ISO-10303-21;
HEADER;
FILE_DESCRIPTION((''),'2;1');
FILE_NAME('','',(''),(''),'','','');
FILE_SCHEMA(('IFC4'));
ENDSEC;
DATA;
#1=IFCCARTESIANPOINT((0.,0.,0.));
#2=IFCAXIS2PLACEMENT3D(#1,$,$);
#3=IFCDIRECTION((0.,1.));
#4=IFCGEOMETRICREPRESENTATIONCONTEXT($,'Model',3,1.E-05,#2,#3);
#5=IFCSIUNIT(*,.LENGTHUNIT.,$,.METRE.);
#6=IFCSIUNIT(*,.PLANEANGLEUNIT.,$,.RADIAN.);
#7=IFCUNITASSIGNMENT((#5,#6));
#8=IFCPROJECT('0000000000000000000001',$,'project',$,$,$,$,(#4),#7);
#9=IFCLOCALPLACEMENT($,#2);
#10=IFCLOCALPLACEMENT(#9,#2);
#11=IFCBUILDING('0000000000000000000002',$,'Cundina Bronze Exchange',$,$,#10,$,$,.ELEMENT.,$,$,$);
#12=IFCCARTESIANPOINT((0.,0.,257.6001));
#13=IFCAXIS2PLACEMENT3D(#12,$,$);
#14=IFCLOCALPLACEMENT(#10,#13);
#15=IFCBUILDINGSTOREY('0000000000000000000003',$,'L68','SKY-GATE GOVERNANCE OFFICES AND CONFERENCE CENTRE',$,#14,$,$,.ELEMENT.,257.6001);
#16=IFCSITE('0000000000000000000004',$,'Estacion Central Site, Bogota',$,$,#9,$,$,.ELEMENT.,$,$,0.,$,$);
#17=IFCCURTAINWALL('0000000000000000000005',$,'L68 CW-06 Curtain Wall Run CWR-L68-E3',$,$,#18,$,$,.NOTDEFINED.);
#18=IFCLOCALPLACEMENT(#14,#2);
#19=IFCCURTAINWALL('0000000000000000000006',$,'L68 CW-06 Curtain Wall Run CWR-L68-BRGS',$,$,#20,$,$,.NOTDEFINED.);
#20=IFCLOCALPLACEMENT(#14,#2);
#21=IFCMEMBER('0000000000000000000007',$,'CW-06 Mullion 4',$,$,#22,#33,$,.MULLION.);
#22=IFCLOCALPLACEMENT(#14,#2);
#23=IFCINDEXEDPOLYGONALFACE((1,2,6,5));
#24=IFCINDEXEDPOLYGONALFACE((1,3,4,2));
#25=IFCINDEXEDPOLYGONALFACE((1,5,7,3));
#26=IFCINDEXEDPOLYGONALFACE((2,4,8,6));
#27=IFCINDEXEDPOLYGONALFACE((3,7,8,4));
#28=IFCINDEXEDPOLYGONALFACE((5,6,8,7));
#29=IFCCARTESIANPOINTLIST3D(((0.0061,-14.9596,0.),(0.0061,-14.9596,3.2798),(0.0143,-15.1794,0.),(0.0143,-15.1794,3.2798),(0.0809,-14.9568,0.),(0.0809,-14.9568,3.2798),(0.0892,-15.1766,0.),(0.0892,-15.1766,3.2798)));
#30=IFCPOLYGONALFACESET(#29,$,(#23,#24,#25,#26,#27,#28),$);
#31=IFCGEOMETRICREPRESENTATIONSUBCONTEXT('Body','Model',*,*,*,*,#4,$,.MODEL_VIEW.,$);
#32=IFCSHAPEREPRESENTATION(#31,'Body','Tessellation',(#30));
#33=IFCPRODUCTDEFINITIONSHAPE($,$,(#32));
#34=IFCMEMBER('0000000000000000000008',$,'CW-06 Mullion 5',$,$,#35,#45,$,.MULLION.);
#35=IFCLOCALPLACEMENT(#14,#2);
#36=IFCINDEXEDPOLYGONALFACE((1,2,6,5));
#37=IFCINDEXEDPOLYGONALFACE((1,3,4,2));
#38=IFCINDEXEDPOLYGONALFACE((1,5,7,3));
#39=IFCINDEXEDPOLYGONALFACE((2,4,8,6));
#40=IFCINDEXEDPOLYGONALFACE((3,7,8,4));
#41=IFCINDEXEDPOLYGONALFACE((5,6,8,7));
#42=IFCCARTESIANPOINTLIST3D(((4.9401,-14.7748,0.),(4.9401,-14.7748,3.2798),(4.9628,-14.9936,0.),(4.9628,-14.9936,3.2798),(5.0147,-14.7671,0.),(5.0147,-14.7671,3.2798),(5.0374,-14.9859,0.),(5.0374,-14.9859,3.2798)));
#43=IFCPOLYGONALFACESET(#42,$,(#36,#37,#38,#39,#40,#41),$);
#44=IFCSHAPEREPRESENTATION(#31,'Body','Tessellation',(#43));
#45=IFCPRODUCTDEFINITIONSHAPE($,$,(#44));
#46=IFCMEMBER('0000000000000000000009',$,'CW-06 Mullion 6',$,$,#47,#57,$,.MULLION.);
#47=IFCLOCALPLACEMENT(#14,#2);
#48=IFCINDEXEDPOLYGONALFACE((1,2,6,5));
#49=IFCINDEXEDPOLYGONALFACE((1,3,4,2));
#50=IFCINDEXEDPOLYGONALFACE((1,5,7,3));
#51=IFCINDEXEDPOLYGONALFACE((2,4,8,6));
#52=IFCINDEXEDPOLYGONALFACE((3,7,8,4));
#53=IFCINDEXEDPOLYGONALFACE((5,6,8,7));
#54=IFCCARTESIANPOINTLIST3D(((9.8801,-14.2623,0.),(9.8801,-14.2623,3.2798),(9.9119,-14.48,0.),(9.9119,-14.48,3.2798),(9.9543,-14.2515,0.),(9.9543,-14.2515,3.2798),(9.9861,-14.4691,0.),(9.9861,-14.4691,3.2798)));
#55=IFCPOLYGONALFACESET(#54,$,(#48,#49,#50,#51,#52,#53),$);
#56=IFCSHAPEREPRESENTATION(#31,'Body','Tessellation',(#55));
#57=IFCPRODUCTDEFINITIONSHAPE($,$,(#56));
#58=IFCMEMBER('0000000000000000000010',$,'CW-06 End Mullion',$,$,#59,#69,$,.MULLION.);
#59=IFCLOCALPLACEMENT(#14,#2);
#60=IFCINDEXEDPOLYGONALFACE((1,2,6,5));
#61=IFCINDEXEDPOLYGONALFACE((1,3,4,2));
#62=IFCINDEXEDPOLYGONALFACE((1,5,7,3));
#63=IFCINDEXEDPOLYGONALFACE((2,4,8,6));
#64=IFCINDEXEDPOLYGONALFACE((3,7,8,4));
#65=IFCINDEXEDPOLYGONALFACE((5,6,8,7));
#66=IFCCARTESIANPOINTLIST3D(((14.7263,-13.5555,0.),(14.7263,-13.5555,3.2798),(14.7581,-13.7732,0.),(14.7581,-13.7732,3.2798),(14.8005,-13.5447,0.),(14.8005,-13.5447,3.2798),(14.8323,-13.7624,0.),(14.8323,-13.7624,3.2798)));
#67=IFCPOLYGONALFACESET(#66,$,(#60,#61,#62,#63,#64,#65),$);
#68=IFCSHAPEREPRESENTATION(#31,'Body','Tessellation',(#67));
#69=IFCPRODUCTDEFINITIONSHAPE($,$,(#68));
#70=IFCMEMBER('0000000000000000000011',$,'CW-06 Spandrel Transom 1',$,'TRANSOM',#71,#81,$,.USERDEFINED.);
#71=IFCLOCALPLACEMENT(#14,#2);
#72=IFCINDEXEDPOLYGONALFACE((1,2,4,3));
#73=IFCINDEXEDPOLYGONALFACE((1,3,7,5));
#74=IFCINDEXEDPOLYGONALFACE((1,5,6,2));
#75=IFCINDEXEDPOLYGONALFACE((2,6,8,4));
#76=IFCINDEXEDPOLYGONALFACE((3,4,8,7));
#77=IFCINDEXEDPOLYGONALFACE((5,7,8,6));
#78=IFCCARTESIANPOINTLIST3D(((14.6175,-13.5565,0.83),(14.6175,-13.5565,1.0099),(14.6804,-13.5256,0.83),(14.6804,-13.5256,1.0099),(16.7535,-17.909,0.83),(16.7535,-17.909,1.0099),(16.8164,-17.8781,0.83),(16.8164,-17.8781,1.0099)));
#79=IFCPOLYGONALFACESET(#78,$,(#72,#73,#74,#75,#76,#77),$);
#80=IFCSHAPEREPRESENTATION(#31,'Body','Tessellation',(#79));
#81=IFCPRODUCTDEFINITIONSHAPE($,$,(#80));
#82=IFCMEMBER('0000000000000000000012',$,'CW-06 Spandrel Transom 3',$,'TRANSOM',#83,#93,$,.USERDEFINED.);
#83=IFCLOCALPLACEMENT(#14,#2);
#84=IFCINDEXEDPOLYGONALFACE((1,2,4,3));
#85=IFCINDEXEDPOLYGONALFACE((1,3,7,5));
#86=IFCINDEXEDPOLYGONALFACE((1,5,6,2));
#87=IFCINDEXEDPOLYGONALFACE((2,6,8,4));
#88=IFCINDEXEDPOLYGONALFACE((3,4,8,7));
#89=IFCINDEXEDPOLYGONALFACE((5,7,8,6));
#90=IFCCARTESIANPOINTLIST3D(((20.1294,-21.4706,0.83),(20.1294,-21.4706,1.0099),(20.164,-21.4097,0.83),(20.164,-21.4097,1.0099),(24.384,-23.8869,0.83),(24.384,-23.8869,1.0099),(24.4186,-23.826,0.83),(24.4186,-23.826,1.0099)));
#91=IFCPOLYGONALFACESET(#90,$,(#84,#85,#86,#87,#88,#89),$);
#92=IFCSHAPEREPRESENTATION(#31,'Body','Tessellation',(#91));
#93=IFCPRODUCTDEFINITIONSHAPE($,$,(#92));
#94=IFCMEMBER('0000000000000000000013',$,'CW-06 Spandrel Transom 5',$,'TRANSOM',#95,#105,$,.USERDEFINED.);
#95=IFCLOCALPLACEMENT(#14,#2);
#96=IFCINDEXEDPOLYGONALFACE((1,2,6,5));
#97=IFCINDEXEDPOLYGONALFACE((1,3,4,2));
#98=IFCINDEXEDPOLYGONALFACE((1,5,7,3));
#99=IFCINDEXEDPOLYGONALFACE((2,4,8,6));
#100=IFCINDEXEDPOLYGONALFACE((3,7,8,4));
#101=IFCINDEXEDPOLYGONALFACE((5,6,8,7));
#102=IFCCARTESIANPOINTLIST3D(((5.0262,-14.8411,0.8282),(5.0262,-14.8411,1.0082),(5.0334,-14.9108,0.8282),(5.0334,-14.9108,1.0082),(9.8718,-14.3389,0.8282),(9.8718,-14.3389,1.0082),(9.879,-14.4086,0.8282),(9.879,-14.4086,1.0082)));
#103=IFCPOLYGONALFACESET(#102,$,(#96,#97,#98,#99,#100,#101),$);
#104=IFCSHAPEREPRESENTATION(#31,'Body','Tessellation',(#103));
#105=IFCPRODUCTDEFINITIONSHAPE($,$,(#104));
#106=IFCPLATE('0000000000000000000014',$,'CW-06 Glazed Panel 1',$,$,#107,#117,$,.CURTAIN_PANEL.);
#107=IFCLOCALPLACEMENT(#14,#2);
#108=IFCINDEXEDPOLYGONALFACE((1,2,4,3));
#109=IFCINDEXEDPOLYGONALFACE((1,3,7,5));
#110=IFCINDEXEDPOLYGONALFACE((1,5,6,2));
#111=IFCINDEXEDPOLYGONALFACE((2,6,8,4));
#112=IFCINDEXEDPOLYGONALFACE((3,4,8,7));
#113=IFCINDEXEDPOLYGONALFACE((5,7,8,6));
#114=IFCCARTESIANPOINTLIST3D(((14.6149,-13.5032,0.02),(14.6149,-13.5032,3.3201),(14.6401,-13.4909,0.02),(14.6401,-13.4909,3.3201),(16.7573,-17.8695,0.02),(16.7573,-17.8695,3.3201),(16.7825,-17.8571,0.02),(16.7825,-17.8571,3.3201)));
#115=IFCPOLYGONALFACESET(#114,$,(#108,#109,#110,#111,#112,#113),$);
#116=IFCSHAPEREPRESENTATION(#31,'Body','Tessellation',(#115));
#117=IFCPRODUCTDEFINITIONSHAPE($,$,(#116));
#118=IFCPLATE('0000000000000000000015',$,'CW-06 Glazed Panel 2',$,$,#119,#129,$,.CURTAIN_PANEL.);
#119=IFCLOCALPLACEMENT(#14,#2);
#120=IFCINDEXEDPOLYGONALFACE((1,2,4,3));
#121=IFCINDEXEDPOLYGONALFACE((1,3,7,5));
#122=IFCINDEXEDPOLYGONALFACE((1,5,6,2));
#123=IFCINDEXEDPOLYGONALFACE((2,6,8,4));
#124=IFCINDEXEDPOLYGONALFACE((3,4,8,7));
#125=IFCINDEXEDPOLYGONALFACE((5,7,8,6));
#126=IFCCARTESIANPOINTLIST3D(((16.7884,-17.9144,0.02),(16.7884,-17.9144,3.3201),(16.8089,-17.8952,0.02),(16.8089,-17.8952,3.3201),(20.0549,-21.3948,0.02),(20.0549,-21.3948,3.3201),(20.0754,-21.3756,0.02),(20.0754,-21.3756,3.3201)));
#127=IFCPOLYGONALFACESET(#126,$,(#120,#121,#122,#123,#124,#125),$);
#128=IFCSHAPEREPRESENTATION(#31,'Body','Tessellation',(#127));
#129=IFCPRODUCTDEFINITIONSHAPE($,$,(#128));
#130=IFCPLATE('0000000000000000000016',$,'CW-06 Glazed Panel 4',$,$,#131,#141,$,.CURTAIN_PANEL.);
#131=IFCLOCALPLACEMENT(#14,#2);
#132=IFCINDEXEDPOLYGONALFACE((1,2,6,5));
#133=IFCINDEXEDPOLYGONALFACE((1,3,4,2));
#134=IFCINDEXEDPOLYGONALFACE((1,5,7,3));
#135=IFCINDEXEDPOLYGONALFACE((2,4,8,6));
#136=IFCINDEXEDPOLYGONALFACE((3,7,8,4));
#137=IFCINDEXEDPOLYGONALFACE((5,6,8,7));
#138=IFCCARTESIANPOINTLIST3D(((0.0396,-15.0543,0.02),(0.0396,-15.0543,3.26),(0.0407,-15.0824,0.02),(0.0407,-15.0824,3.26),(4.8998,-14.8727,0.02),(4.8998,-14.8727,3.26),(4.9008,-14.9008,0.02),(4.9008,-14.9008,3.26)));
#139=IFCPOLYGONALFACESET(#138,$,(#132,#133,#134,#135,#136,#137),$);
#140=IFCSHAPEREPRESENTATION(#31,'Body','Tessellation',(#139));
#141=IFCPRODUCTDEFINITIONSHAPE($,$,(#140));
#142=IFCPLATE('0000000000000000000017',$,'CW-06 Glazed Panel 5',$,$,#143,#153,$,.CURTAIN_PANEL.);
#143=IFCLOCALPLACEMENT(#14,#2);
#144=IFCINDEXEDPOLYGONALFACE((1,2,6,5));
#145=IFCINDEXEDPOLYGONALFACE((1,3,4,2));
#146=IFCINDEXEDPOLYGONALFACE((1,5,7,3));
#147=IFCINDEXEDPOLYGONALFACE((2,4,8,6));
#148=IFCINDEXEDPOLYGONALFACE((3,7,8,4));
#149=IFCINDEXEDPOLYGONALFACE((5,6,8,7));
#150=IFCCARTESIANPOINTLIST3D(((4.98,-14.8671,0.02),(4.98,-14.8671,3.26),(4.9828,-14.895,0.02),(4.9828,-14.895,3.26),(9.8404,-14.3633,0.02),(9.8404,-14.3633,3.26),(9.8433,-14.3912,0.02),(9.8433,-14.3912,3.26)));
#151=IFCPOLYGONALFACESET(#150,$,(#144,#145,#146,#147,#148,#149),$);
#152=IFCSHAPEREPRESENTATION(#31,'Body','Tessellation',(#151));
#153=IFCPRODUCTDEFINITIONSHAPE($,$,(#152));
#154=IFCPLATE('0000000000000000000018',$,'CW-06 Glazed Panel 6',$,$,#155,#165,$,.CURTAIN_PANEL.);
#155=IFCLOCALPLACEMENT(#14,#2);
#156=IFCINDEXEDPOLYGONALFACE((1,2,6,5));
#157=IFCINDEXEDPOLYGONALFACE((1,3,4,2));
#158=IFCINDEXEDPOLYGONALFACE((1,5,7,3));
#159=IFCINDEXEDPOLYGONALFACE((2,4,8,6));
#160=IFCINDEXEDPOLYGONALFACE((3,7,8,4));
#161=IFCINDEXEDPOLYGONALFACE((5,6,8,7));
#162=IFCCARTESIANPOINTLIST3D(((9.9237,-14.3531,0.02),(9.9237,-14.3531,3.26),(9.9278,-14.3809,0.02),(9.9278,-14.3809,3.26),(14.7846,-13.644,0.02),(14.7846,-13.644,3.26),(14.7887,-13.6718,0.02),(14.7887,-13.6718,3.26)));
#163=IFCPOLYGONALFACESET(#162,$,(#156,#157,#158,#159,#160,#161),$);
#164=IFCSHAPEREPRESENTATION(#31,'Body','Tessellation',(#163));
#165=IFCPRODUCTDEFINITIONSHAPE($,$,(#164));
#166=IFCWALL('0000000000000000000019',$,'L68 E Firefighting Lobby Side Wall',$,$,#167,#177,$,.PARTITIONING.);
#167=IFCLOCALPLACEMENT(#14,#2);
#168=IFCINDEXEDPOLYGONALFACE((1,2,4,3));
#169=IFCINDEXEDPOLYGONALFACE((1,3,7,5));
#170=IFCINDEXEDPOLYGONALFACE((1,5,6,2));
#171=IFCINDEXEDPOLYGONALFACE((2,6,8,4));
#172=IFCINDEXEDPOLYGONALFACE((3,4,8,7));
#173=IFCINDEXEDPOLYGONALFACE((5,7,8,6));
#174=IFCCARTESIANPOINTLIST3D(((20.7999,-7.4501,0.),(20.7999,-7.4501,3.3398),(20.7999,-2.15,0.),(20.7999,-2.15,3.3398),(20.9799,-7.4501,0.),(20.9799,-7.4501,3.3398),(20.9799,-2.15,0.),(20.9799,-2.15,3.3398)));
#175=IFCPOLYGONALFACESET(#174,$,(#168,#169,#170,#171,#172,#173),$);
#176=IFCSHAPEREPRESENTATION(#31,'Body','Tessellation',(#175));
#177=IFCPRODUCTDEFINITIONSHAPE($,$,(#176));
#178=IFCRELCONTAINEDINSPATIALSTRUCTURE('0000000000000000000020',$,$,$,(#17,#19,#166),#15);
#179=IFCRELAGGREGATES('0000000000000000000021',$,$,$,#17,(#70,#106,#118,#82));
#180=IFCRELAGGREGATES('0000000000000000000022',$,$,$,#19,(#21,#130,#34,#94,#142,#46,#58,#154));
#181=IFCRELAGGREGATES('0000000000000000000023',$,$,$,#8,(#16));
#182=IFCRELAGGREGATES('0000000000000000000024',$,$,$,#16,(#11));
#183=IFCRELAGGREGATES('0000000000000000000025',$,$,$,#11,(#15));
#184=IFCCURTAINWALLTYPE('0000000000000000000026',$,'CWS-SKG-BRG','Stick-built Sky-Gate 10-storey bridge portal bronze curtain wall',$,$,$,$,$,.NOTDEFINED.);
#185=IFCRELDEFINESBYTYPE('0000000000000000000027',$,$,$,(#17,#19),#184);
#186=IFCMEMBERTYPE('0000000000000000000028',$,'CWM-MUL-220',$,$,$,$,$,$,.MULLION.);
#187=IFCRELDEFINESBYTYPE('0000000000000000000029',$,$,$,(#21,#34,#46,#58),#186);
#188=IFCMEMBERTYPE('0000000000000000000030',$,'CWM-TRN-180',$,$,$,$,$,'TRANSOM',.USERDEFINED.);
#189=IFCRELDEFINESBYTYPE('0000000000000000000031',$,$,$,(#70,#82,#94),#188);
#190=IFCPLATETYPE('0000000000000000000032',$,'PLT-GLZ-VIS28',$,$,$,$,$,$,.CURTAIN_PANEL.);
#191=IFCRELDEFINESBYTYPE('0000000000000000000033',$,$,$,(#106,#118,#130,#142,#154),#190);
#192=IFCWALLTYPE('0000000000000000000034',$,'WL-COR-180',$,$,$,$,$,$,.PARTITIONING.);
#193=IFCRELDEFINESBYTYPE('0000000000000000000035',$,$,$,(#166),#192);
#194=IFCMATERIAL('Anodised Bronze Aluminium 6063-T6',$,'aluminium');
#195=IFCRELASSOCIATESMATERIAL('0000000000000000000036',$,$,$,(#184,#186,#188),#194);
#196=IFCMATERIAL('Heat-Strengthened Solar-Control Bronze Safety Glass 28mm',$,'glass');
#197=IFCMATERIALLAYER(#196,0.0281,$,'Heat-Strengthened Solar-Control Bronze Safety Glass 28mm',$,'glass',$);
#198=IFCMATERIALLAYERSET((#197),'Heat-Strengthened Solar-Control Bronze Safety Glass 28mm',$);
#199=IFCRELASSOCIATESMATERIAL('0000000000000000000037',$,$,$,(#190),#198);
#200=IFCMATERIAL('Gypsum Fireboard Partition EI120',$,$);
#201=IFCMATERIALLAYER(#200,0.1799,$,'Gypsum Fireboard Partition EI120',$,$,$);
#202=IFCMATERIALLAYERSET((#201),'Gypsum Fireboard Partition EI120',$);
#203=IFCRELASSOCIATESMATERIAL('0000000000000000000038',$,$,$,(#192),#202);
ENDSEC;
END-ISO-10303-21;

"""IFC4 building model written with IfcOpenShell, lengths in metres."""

from ifc_helpers import new_model, si_unit, direction, frame, frame_2d, origin, origin_2d, place, context, subcontext, project, spatial, rectangle, extrude, material, layer, layer_set, material_profile, profile_set, type_object, element, aggregate, save


model = new_model("IFC4")

# Units and contexts
model_context = context("Model", 3, precision=1e-05, world=origin(), true_north=direction((0.0, 1.0)))
body_context = subcontext(model_context, "Body", "Model", "MODEL_VIEW")
ifc_project = project(units=[si_unit("LENGTHUNIT", "METRE"), si_unit("PLANEANGLEUNIT", "RADIAN")], contexts=[model_context])

# Site, building, storey
site_placement = place(None, origin())
site = spatial("IfcSite", under=ifc_project, at=site_placement, Name="Estacion Central Site, Bogota", CompositionType="ELEMENT", RefElevation=0.0)
building_placement = place(site_placement, origin())
building = spatial("IfcBuilding", under=site, at=building_placement, Name="Cundina Bronze Exchange", CompositionType="ELEMENT")
storey_placement = place(building_placement, frame((0.0, 0.0, 257.6001)))
storey = spatial("IfcBuildingStorey", under=building, at=storey_placement, Name="L68", Description="SKY-GATE GOVERNANCE OFFICES AND CONFERENCE CENTRE", CompositionType="ELEMENT", Elevation=257.6001)

# Curtain walls, members
ifc_material_1 = material(Name="Anodised Bronze Aluminium 6063-T6", Category="aluminium")
curtain_wall_type = type_object("IfcCurtainWallType", Name="CWS-SKG-BRG", Description="Stick-built Sky-Gate 10-storey bridge portal bronze curtain wall", PredefinedType="NOTDEFINED", material=ifc_material_1)
curtain_wall_1_placement = place(storey_placement, origin())
curtain_wall_1 = element("IfcCurtainWall", 1, at=curtain_wall_1_placement, inside=storey, type_object=curtain_wall_type, Name="L68 CW-06 Curtain Wall Run CWR-L68-E3", PredefinedType="NOTDEFINED")
ifc_material_profile_1 = material_profile(ifc_material_1, rectangle(XDim=0.075, YDim=0.22, at=origin_2d()), Name="AL75X220", Category="aluminium")
ifc_profile_set_1 = profile_set([ifc_material_profile_1], Name="Anodised Bronze Aluminium 6063-T6")
member_type_1 = type_object("IfcMemberType", Name="CWM-MUL-220", PredefinedType="MULLION", material=ifc_profile_set_1)
curtain_wall_2_placement = place(storey_placement, origin())
curtain_wall_2 = element("IfcCurtainWall", 2, at=curtain_wall_2_placement, inside=storey, type_object=curtain_wall_type, Name="L68 CW-06 Curtain Wall Run CWR-L68-BRGS", PredefinedType="NOTDEFINED")
member_1_placement = place(storey_placement, frame((0.0476, -15.0681, 0.0), z_axis=(0.0, 0.0, 1.0), x_axis=(0.999303, 0.037341, 0.0)))
member_1 = element("IfcMember", 3, at=member_1_placement, type_object=member_type_1, Name="CW-06 Mullion 4", PredefinedType="MULLION", context=body_context, shape_type="SweptSolid", body=[
    extrude(rectangle(XDim=0.075, YDim=0.22, at=origin_2d()), origin(), (0.0, 0.0, 1.0), 3.2798),
])
member_2_placement = place(storey_placement, frame((4.9888, -14.8804, 0.0), z_axis=(0.0, 0.0, 1.0), x_axis=(0.994667, 0.10314, 0.0)))
member_2 = element("IfcMember", 4, at=member_2_placement, type_object=member_type_1, Name="CW-06 Mullion 5", PredefinedType="MULLION", context=body_context, shape_type="SweptSolid", body=[
    extrude(rectangle(XDim=0.075, YDim=0.22, at=origin_2d()), origin(), (0.0, 0.0, 1.0), 3.2798),
])
member_3_placement = place(storey_placement, frame((9.9331, -14.3657, 0.0), z_axis=(0.0, 0.0, 1.0), x_axis=(0.989526, 0.144356, 0.0)))
member_3 = element("IfcMember", 5, at=member_3_placement, type_object=member_type_1, Name="CW-06 Mullion 6", PredefinedType="MULLION", context=body_context, shape_type="SweptSolid", body=[
    extrude(rectangle(XDim=0.075, YDim=0.22, at=origin_2d()), origin(), (0.0, 0.0, 1.0), 3.2798),
])
member_4_placement = place(storey_placement, frame((14.7793, -13.6589, 0.0), z_axis=(0.0, 0.0, 1.0), x_axis=(0.989526, 0.144356, 0.0)))
member_4 = element("IfcMember", 6, at=member_4_placement, type_object=member_type_1, Name="CW-06 End Mullion", PredefinedType="MULLION", context=body_context, shape_type="SweptSolid", body=[
    extrude(rectangle(XDim=0.075, YDim=0.22, at=origin_2d()), origin(), (0.0, 0.0, 1.0), 3.2798),
])

# Members
ifc_material_profile_2 = material_profile(ifc_material_1, rectangle(XDim=0.0701, YDim=0.1799, at=origin_2d()), Name="AL70X180", Category="aluminium")
ifc_profile_set_2 = profile_set([ifc_material_profile_2], Name="Anodised Bronze Aluminium 6063-T6")
member_type_2 = type_object("IfcMemberType", Name="CWM-TRN-180", ElementType="TRANSOM", PredefinedType="USERDEFINED", material=ifc_profile_set_2)
member_5_placement = place(storey_placement, frame((14.6489, -13.541, 0.9199), z_axis=(0.440554, -0.897726, 0.0), x_axis=(0.897726, 0.440554, 0.0)))
member_5 = element("IfcMember", 7, at=member_5_placement, type_object=member_type_2, Name="CW-06 Spandrel Transom 1", ObjectType="TRANSOM", PredefinedType="USERDEFINED", context=body_context, shape_type="SweptSolid", body=[
    extrude(rectangle(XDim=0.0701, YDim=0.1799, at=origin_2d()), origin(), (0.0, 0.0, 1.0), 4.8484),
])
member_6_placement = place(storey_placement, frame((20.1467, -21.4402, 0.9199), z_axis=(0.869557, -0.493832, 0.0), x_axis=(0.493832, 0.869557, 0.0)))
member_6 = element("IfcMember", 8, at=member_6_placement, type_object=member_type_2, Name="CW-06 Spandrel Transom 3", ObjectType="TRANSOM", PredefinedType="USERDEFINED", context=body_context, shape_type="SweptSolid", body=[
    extrude(rectangle(XDim=0.0701, YDim=0.1799, at=origin_2d()), origin(), (0.0, 0.0, 1.0), 4.8928),
])
member_7_placement = place(storey_placement, frame((5.0298, -14.876, 0.9182), z_axis=(0.994672, 0.103086, 0.0), x_axis=(-0.103086, 0.994672, 0.0)))
member_7 = element("IfcMember", 9, at=member_7_placement, type_object=member_type_2, Name="CW-06 Spandrel Transom 5", ObjectType="TRANSOM", PredefinedType="USERDEFINED", context=body_context, shape_type="SweptSolid", body=[
    extrude(rectangle(XDim=0.0701, YDim=0.1799, at=origin_2d()), origin(), (0.0, 0.0, 1.0), 4.8716),
])

# Plates
ifc_material_2 = material(Name="Heat-Strengthened Solar-Control Bronze Safety Glass 28mm", Category="glass")
ifc_layer_1 = layer(ifc_material_2, 0.0281, Name="Heat-Strengthened Solar-Control Bronze Safety Glass 28mm", Category="glass")
ifc_layer_set_1 = layer_set([ifc_layer_1], Name="Heat-Strengthened Solar-Control Bronze Safety Glass 28mm")
plate_type = type_object("IfcPlateType", Name="PLT-GLZ-VIS28", PredefinedType="CURTAIN_PANEL", material=ifc_layer_set_1)
plate_1_placement = place(storey_placement, frame((15.6987, -15.6802, 0.02), z_axis=(0.0, 0.0, 1.0), x_axis=(0.440503, -0.897751, 0.0)))
plate_1 = element("IfcPlate", 10, at=plate_1_placement, type_object=plate_type, Name="CW-06 Glazed Panel 1", PredefinedType="CURTAIN_PANEL", context=body_context, shape_type="SweptSolid", body=[
    extrude(rectangle(XDim=4.8635, YDim=0.0281, at=origin_2d()), origin(), (0.0, 0.0, 1.0), 3.3),
])
plate_2_placement = place(storey_placement, frame((18.4319, -19.645, 0.02), z_axis=(0.0, 0.0, 1.0), x_axis=(0.684344, -0.72916, 0.0)))
plate_2 = element("IfcPlate", 11, at=plate_2_placement, type_object=plate_type, Name="CW-06 Glazed Panel 2", PredefinedType="CURTAIN_PANEL", context=body_context, shape_type="SweptSolid", body=[
    extrude(rectangle(XDim=4.7732, YDim=0.0281, at=origin_2d()), origin(), (0.0, 0.0, 1.0), 3.3),
])
aggregate(curtain_wall_1, [member_5, plate_1, plate_2, member_6])
plate_3_placement = place(storey_placement, frame((2.4702, -14.9775, 0.02), z_axis=(0.0, 0.0, 1.0), x_axis=(0.999303, 0.037341, 0.0)))
plate_3 = element("IfcPlate", 12, at=plate_3_placement, type_object=plate_type, Name="CW-06 Glazed Panel 4", PredefinedType="CURTAIN_PANEL", context=body_context, shape_type="SweptSolid", body=[
    extrude(rectangle(XDim=4.8635, YDim=0.0281, at=origin_2d()), origin(), (0.0, 0.0, 1.0), 3.24),
])
plate_4_placement = place(storey_placement, frame((7.4116, -14.6292, 0.02), z_axis=(0.0, 0.0, 1.0), x_axis=(0.994672, 0.103088, 0.0)))
plate_4 = element("IfcPlate", 13, at=plate_4_placement, type_object=plate_type, Name="CW-06 Glazed Panel 5", PredefinedType="CURTAIN_PANEL", context=body_context, shape_type="SweptSolid", body=[
    extrude(rectangle(XDim=4.8865, YDim=0.0281, at=origin_2d()), origin(), (0.0, 0.0, 1.0), 3.24),
])
plate_5_placement = place(storey_placement, frame((12.3562, -14.0125, 0.02), z_axis=(0.0, 0.0, 1.0), x_axis=(0.989528, 0.144339, 0.0)))
plate_5 = element("IfcPlate", 14, at=plate_5_placement, type_object=plate_type, Name="CW-06 Glazed Panel 6", PredefinedType="CURTAIN_PANEL", context=body_context, shape_type="SweptSolid", body=[
    extrude(rectangle(XDim=4.9124, YDim=0.0281, at=origin_2d()), origin(), (0.0, 0.0, 1.0), 3.24),
])
aggregate(curtain_wall_2, [member_1, plate_3, member_2, member_7, plate_4, member_3, member_4, plate_5])

# Wall
ifc_material_3 = material(Name="Gypsum Fireboard Partition EI120")
ifc_layer_2 = layer(ifc_material_3, 0.1799, Name="Gypsum Fireboard Partition EI120")
ifc_layer_set_2 = layer_set([ifc_layer_2], Name="Gypsum Fireboard Partition EI120")
wall_type = type_object("IfcWallType", Name="WL-COR-180", PredefinedType="PARTITIONING", material=ifc_layer_set_2)
wall_1_placement = place(storey_placement, frame((20.8899, -7.45, 0.0), z_axis=(0.0, 0.0, 1.0), x_axis=(0.0, 1.0, 0.0)))
element("IfcWall", 15, at=wall_1_placement, inside=storey, type_object=wall_type, Name="L68 E Firefighting Lobby Side Wall", PredefinedType="PARTITIONING", context=body_context, shape_type="SweptSolid", body=[
    extrude(rectangle(XDim=5.3, YDim=0.1799, at=frame_2d((2.6499, 0.0))), origin(), (0.0, 0.0, 1.0), 3.3398),
])

save(model, "model.ifc")
